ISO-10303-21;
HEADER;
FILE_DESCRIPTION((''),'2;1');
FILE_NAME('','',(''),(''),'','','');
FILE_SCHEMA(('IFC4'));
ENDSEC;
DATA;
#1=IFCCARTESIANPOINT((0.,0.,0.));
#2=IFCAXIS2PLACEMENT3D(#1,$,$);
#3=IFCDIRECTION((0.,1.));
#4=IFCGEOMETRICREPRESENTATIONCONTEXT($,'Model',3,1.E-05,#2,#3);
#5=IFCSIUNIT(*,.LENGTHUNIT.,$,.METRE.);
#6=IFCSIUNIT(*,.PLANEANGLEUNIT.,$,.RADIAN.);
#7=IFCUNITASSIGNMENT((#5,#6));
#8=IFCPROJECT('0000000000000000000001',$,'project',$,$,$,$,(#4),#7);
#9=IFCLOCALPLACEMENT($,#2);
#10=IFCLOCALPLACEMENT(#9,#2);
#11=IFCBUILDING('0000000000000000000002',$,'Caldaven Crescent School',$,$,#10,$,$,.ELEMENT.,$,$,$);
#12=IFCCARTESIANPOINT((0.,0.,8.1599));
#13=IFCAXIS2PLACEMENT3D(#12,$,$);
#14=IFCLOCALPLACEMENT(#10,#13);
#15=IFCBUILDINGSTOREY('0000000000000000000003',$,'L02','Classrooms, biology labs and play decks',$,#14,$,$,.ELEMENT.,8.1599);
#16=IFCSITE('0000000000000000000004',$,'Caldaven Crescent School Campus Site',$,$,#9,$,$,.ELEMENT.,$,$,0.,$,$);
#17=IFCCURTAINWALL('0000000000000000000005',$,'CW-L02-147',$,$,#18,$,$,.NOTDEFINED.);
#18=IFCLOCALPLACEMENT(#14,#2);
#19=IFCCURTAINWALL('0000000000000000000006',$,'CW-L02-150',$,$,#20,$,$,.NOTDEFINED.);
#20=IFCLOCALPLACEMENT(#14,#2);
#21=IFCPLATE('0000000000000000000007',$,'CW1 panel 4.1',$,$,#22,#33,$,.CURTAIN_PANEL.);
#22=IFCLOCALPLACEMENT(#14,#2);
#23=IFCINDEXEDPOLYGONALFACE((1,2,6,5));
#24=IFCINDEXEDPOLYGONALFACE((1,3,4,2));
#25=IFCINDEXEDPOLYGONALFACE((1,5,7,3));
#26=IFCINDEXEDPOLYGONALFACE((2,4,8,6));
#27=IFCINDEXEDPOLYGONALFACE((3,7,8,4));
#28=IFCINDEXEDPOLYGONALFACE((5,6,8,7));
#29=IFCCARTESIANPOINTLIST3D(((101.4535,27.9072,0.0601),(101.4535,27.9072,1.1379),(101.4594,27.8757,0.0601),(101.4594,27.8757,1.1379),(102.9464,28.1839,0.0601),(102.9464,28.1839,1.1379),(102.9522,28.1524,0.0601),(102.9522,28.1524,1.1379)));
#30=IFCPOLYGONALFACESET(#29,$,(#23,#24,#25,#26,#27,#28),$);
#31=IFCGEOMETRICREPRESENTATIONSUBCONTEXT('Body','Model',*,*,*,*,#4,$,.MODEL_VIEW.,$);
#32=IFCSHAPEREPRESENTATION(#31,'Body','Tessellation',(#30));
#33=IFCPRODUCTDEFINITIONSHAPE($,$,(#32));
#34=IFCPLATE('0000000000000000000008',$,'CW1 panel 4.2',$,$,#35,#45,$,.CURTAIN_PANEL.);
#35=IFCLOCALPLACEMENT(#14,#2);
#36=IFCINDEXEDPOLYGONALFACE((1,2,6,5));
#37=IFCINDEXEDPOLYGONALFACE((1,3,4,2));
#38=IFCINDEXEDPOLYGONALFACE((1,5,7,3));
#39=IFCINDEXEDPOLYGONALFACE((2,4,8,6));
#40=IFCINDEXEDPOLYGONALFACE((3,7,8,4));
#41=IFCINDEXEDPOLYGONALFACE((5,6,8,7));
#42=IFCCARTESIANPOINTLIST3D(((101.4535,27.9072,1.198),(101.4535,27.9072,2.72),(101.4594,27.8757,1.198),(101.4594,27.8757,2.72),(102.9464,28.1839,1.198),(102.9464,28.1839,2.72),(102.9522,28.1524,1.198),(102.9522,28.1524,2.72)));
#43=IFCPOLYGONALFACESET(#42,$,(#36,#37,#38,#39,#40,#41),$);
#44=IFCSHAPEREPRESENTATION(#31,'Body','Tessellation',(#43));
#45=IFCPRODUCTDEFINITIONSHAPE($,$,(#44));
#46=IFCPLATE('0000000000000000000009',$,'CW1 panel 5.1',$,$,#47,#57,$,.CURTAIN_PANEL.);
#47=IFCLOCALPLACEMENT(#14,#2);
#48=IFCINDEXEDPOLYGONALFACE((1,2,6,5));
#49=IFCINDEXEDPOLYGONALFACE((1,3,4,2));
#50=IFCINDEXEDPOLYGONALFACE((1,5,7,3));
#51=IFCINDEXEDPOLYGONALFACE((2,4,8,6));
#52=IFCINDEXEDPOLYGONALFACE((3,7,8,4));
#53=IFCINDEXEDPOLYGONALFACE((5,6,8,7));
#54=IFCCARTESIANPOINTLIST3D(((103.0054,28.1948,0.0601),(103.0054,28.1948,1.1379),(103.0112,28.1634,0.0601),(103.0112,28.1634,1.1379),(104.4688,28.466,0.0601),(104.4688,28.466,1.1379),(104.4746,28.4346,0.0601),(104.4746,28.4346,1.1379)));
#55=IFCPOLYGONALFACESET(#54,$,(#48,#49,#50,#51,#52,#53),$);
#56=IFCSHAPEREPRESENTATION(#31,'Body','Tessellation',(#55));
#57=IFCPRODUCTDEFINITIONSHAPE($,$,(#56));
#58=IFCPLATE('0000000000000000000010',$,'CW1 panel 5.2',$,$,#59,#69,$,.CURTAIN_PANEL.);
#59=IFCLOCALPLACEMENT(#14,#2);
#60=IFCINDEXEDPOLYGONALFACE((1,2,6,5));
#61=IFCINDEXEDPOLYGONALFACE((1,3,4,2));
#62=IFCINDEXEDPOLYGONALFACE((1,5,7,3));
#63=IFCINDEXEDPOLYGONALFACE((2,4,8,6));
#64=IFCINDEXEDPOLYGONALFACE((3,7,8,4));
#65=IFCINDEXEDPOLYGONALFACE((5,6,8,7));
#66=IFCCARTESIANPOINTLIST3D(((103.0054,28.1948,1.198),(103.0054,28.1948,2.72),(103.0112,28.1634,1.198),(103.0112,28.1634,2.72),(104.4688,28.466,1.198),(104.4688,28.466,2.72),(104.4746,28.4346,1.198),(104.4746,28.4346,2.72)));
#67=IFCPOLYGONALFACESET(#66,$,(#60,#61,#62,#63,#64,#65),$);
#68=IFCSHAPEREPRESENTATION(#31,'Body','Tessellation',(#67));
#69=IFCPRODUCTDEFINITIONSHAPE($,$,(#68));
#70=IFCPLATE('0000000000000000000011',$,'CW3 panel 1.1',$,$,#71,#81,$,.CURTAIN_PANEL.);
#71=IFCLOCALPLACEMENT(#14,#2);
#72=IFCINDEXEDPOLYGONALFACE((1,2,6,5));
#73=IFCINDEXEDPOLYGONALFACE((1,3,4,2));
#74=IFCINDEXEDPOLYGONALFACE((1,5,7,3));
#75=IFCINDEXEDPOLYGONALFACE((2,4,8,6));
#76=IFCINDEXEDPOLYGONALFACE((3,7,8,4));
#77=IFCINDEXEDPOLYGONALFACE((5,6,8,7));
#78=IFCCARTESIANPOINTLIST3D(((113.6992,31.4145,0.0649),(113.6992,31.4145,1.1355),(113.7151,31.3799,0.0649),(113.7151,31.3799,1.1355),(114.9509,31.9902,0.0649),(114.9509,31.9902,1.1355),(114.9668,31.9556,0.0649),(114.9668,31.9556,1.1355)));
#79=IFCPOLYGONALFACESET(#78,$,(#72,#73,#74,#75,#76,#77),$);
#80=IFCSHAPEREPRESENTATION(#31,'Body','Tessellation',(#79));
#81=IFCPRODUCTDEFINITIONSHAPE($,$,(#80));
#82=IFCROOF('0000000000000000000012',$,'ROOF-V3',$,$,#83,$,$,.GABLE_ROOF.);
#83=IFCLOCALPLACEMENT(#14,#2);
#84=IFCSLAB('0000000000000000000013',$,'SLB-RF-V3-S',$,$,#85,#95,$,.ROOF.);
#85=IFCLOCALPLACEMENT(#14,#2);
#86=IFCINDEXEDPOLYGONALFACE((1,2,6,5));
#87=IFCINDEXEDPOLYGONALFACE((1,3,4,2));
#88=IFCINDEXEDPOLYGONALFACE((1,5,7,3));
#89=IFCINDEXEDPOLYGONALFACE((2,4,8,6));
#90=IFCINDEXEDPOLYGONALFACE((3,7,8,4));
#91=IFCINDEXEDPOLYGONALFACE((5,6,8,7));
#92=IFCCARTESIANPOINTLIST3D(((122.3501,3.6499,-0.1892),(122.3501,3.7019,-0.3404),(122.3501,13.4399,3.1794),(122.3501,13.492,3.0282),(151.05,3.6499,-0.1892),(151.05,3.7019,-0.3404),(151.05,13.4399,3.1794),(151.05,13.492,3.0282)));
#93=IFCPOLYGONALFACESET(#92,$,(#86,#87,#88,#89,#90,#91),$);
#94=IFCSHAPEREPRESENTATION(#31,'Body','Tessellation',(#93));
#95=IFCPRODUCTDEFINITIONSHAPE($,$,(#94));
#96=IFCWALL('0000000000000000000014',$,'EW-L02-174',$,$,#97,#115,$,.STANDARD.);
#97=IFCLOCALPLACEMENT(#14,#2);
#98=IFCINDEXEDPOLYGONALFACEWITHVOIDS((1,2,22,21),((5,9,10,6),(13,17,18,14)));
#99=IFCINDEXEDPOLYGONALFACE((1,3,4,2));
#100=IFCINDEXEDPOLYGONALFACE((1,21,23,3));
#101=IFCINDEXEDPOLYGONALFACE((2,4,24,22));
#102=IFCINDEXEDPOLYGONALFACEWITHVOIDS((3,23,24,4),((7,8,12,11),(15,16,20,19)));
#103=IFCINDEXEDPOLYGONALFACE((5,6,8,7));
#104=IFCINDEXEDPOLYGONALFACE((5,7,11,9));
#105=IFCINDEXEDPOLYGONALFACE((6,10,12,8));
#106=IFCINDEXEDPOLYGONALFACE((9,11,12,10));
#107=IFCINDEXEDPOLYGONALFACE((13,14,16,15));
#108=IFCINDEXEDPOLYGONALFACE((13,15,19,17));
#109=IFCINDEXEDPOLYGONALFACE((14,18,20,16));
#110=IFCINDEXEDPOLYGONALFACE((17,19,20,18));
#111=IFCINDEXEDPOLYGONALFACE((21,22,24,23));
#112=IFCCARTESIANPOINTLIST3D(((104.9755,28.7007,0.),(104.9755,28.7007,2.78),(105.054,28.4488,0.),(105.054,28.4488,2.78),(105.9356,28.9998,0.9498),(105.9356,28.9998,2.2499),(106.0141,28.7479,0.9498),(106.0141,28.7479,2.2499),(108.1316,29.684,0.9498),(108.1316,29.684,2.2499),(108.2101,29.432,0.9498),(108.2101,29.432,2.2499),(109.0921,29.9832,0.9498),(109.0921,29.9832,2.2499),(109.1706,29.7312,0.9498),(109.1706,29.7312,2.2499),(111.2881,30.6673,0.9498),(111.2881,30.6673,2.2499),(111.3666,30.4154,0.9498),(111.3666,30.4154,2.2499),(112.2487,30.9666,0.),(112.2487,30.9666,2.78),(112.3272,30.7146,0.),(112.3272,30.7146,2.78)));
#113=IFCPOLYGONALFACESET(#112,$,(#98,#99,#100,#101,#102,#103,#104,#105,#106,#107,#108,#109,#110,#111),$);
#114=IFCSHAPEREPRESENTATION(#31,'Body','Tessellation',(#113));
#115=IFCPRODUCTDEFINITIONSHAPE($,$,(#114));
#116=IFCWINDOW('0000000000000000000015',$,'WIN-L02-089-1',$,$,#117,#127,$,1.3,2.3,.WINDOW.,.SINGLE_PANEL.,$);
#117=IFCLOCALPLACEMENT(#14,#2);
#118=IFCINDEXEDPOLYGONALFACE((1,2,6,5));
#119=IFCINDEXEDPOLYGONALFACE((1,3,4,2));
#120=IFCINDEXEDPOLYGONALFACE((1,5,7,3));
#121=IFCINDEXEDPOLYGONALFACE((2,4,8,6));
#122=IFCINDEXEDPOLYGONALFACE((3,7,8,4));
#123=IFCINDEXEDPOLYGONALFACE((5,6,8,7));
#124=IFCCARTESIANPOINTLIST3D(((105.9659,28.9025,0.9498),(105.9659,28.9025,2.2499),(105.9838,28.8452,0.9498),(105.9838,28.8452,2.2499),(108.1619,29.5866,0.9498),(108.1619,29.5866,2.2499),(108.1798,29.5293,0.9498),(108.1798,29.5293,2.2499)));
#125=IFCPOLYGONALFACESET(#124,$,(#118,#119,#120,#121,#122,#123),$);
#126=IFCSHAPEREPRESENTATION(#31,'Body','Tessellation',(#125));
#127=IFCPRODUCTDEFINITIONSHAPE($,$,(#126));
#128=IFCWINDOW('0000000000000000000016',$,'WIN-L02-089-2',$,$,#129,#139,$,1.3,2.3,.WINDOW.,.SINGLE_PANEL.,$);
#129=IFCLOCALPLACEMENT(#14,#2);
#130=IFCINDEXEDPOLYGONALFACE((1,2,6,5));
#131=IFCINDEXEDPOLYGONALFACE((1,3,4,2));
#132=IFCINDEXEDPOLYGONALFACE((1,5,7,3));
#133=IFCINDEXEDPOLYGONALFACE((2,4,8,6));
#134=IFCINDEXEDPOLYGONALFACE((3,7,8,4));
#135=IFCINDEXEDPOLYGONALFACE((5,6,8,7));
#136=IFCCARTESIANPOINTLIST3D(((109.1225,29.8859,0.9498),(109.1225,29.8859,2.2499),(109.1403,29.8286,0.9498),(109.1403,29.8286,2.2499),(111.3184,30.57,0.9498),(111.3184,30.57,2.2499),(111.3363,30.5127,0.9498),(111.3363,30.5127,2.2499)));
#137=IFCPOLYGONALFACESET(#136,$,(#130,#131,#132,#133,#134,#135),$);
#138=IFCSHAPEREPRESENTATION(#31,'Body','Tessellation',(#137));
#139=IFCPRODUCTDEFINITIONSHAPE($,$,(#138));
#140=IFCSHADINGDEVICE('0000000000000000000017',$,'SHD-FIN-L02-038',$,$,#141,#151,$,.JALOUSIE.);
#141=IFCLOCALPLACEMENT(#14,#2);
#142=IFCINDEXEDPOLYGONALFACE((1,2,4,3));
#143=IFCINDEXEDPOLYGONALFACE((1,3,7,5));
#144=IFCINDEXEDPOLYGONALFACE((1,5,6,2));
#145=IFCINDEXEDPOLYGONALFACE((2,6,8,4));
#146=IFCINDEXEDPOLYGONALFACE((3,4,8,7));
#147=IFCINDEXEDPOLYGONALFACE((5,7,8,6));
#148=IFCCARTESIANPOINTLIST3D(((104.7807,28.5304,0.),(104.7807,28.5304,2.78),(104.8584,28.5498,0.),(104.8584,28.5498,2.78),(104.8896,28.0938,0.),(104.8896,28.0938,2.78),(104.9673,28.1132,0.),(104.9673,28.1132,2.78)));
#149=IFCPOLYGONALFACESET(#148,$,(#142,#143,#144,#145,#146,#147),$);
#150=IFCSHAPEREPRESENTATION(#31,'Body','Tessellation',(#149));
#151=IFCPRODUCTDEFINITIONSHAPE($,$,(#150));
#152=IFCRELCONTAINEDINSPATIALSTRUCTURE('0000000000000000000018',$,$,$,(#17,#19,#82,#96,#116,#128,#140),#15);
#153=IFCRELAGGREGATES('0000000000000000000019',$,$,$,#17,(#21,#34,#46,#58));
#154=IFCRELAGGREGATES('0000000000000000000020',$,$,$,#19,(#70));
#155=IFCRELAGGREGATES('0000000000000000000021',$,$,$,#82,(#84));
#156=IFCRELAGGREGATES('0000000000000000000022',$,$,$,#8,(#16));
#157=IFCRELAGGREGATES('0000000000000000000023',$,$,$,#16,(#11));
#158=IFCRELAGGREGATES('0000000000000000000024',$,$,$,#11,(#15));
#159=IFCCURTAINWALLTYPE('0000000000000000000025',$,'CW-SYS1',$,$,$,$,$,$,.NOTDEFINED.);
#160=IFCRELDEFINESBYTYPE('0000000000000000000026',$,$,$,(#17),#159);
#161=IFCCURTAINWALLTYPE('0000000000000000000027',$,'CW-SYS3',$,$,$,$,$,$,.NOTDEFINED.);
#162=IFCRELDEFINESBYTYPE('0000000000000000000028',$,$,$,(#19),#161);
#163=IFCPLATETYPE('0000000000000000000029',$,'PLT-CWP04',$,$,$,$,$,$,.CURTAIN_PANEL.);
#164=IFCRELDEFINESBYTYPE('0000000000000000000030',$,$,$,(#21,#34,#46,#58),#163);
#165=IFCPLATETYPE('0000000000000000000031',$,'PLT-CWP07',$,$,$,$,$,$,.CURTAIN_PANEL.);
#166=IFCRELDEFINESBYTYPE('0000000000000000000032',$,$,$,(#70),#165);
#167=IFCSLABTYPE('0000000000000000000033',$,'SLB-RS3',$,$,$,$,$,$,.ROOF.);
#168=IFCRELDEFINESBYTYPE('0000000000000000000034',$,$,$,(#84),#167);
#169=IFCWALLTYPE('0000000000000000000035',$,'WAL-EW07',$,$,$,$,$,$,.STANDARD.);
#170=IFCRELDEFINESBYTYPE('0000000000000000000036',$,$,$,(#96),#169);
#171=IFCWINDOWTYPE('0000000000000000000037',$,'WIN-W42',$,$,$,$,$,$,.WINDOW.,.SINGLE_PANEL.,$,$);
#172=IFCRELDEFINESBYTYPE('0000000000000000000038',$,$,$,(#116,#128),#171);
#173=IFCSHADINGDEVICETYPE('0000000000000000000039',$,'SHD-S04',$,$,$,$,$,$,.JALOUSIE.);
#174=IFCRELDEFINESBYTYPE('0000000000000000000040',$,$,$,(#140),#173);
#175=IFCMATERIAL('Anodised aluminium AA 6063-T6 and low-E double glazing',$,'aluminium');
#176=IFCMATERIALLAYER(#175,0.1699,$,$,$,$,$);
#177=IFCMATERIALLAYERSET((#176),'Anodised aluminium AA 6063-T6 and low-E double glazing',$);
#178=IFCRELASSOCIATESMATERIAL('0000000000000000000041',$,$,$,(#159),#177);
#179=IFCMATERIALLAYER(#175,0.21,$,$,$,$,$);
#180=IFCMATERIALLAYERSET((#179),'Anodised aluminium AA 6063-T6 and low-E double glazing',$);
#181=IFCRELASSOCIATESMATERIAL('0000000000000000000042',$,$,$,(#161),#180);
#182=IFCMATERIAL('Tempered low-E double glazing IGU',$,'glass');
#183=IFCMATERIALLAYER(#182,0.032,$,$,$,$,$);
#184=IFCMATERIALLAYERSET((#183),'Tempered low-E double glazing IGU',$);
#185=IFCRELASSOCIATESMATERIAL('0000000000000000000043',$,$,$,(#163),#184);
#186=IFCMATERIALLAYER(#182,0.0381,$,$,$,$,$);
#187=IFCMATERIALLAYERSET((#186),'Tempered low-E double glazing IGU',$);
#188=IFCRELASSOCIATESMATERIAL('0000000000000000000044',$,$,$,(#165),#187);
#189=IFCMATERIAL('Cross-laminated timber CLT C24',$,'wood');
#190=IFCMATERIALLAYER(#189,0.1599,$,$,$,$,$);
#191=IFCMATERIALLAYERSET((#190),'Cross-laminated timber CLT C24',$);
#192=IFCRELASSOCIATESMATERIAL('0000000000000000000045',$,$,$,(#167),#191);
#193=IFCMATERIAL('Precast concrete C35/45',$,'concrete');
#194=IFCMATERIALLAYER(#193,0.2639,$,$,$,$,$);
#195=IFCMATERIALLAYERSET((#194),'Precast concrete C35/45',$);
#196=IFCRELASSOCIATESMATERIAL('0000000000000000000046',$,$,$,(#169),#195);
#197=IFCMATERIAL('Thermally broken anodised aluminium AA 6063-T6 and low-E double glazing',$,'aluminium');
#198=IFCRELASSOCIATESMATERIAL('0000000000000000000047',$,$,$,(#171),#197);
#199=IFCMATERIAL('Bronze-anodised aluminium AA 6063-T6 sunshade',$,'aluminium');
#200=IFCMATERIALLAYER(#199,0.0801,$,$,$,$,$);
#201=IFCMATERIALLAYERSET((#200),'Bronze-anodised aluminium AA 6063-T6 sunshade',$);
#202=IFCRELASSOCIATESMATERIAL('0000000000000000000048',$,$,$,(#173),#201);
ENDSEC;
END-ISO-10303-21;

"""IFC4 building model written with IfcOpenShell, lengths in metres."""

from ifc_helpers import new_model, si_unit, direction, frame, frame_2d, origin, origin_2d, place, context, subcontext, project, spatial, polyline, rectangle, outline, extrude, material, layer, layer_set, type_object, element, fill, aggregate, save


model = new_model("IFC4")

# Units and contexts
model_context = context("Model", 3, precision=1e-05, world=origin(), true_north=direction((0.0, 1.0)))
body_context = subcontext(model_context, "Body", "Model", "MODEL_VIEW")
ifc_project = project(units=[si_unit("LENGTHUNIT", "METRE"), si_unit("PLANEANGLEUNIT", "RADIAN")], contexts=[model_context])

# Site, building, storey
site_placement = place(None, origin())
site = spatial("IfcSite", under=ifc_project, at=site_placement, Name="Caldaven Crescent School Campus Site", CompositionType="ELEMENT", RefElevation=0.0)
building_placement = place(site_placement, origin())
building = spatial("IfcBuilding", under=site, at=building_placement, Name="Caldaven Crescent School", CompositionType="ELEMENT")
storey_placement = place(building_placement, frame((0.0, 0.0, 8.1599)))
storey = spatial("IfcBuildingStorey", under=building, at=storey_placement, Name="L02", Description="Classrooms, biology labs and play decks", CompositionType="ELEMENT", Elevation=8.1599)

# Curtain wall
ifc_material_1 = material(Name="Anodised aluminium AA 6063-T6 and low-E double glazing", Category="aluminium")
ifc_layer_1 = layer(ifc_material_1, 0.1699)
ifc_layer_set_1 = layer_set([ifc_layer_1], Name="Anodised aluminium AA 6063-T6 and low-E double glazing")
curtain_wall_type_1 = type_object("IfcCurtainWallType", Name="CW-SYS1", PredefinedType="NOTDEFINED", material=ifc_layer_set_1)
curtain_wall_1_placement = place(storey_placement, origin())
curtain_wall_1 = element("IfcCurtainWall", 1, at=curtain_wall_1_placement, inside=storey, type_object=curtain_wall_type_1, Name="CW-L02-147", PredefinedType="NOTDEFINED")

# Curtain wall
ifc_layer_2 = layer(ifc_material_1, 0.21)
ifc_layer_set_2 = layer_set([ifc_layer_2], Name="Anodised aluminium AA 6063-T6 and low-E double glazing")
curtain_wall_type_2 = type_object("IfcCurtainWallType", Name="CW-SYS3", PredefinedType="NOTDEFINED", material=ifc_layer_set_2)
curtain_wall_2_placement = place(storey_placement, origin())
curtain_wall_2 = element("IfcCurtainWall", 2, at=curtain_wall_2_placement, inside=storey, type_object=curtain_wall_type_2, Name="CW-L02-150", PredefinedType="NOTDEFINED")

# Plates
ifc_material_2 = material(Name="Tempered low-E double glazing IGU", Category="glass")
ifc_layer_3 = layer(ifc_material_2, 0.032)
ifc_layer_set_3 = layer_set([ifc_layer_3], Name="Tempered low-E double glazing IGU")
plate_type_1 = type_object("IfcPlateType", Name="PLT-CWP04", PredefinedType="CURTAIN_PANEL", material=ifc_layer_set_3)
plate_1_placement = place(storey_placement, frame((102.2029, 28.0298, 0.0601), z_axis=(0.0, 0.0, 1.0), x_axis=(0.983255, 0.182235, 0.0)))
plate_1 = element("IfcPlate", 3, at=plate_1_placement, type_object=plate_type_1, Name="CW1 panel 4.1", PredefinedType="CURTAIN_PANEL", context=body_context, shape_type="SweptSolid", body=[
    extrude(rectangle(XDim=1.5183, YDim=0.032, at=origin_2d()), origin(), (0.0, 0.0, 1.0), 1.0779),
])
plate_2_placement = place(storey_placement, frame((102.2029, 28.0298, 1.198), z_axis=(0.0, 0.0, 1.0), x_axis=(0.983255, 0.182235, 0.0)))
plate_2 = element("IfcPlate", 4, at=plate_2_placement, type_object=plate_type_1, Name="CW1 panel 4.2", PredefinedType="CURTAIN_PANEL", context=body_context, shape_type="SweptSolid", body=[
    extrude(rectangle(XDim=1.5183, YDim=0.032, at=origin_2d()), origin(), (0.0, 0.0, 1.0), 1.522),
])
plate_3_placement = place(storey_placement, frame((103.74, 28.3147, 0.0601), z_axis=(0.0, 0.0, 1.0), x_axis=(0.983255, 0.182235, 0.0)))
plate_3 = element("IfcPlate", 5, at=plate_3_placement, type_object=plate_type_1, Name="CW1 panel 5.1", PredefinedType="CURTAIN_PANEL", context=body_context, shape_type="SweptSolid", body=[
    extrude(rectangle(XDim=1.4883, YDim=0.032, at=origin_2d()), origin(), (0.0, 0.0, 1.0), 1.0779),
])
plate_4_placement = place(storey_placement, frame((103.74, 28.3147, 1.198), z_axis=(0.0, 0.0, 1.0), x_axis=(0.983255, 0.182235, 0.0)))
plate_4 = element("IfcPlate", 6, at=plate_4_placement, type_object=plate_type_1, Name="CW1 panel 5.2", PredefinedType="CURTAIN_PANEL", context=body_context, shape_type="SweptSolid", body=[
    extrude(rectangle(XDim=1.4883, YDim=0.032, at=origin_2d()), origin(), (0.0, 0.0, 1.0), 1.522),
])
aggregate(curtain_wall_1, [plate_1, plate_2, plate_3, plate_4])
ifc_layer_4 = layer(ifc_material_2, 0.0381)
ifc_layer_set_4 = layer_set([ifc_layer_4], Name="Tempered low-E double glazing IGU")
plate_type_2 = type_object("IfcPlateType", Name="PLT-CWP07", PredefinedType="CURTAIN_PANEL", material=ifc_layer_set_4)
plate_5_placement = place(storey_placement, frame((114.333, 31.6851, 0.0649), z_axis=(0.0, 0.0, 1.0), x_axis=(0.908528, 0.417823, 0.0)))
plate_5 = element("IfcPlate", 7, at=plate_5_placement, type_object=plate_type_2, Name="CW3 panel 1.1", PredefinedType="CURTAIN_PANEL", context=body_context, shape_type="SweptSolid", body=[
    extrude(rectangle(XDim=1.3777, YDim=0.0381, at=origin_2d()), origin(), (0.0, 0.0, 1.0), 1.0706),
])
aggregate(curtain_wall_2, [plate_5])

# Roof, slab
roof_placement = place(storey_placement, origin())
roof = element("IfcRoof", 8, at=roof_placement, inside=storey, Name="ROOF-V3", PredefinedType="GABLE_ROOF")
ifc_material_3 = material(Name="Cross-laminated timber CLT C24", Category="wood")
ifc_layer_5 = layer(ifc_material_3, 0.1599)
ifc_layer_set_5 = layer_set([ifc_layer_5], Name="Cross-laminated timber CLT C24")
slab_type = type_object("IfcSlabType", Name="SLB-RS3", PredefinedType="ROOF", material=ifc_layer_set_5)
slab_placement = place(storey_placement, frame((122.3501, 3.6499, -0.1892), z_axis=(0.0, -0.325367, 0.945588), x_axis=(1.0, 0.0, 0.0)))
slab = element("IfcSlab", 9, at=slab_placement, type_object=slab_type, Name="SLB-RF-V3-S", PredefinedType="ROOF", context=body_context, shape_type="SweptSolid", body=[
    extrude(outline(polyline([(0.0, 0.0), (28.7, 0.0), (28.7, 10.3534), (0.0, 10.3534), (0.0, 0.0)])), origin(), (0.0, 0.0, -1.0), 0.1599),
])
aggregate(roof, [slab])

# Wall, openings, windows
ifc_material_4 = material(Name="Precast concrete C35/45", Category="concrete")
ifc_layer_6 = layer(ifc_material_4, 0.2639)
ifc_layer_set_6 = layer_set([ifc_layer_6], Name="Precast concrete C35/45")
wall_type = type_object("IfcWallType", Name="WAL-EW07", PredefinedType="STANDARD", material=ifc_layer_set_6)
wall_placement = place(storey_placement, frame((105.0146, 28.5747, 0.0), z_axis=(0.0, 0.0, 1.0), x_axis=(0.954741, 0.297437, 0.0)))
wall = element("IfcWall", 10, at=wall_placement, inside=storey, type_object=wall_type, Name="EW-L02-174", PredefinedType="STANDARD", context=body_context, shape_type="SweptSolid", body=[
    extrude(rectangle(XDim=7.6179, YDim=0.2639, at=frame_2d((3.8091, 0.0))), origin(), (0.0, 0.0, 1.0), 2.78),
])
opening_1_placement = place(wall_placement, frame((1.0059, 0.0, 0.95)))
opening_1 = element("IfcOpeningElement", 11, at=opening_1_placement, cuts=wall, PredefinedType="OPENING", context=body_context, shape_type="SweptSolid", body=[
    extrude(rectangle(XDim=2.3, YDim=1.3, at=frame_2d((1.1499, 0.6499))), frame((0.0, 0.1418, 0.0), z_axis=(0.0, -1.0, 0.0), x_axis=(1.0, 0.0, 0.0)), (0.0, 0.0, 1.0), 0.2839),
])
opening_2_placement = place(wall_placement, frame((4.312, 0.0, 0.95)))
opening_2 = element("IfcOpeningElement", 12, at=opening_2_placement, cuts=wall, PredefinedType="OPENING", context=body_context, shape_type="SweptSolid", body=[
    extrude(rectangle(XDim=2.3, YDim=1.3, at=frame_2d((1.1499, 0.6499))), frame((0.0, 0.1418, 0.0), z_axis=(0.0, -1.0, 0.0), x_axis=(1.0, 0.0, 0.0)), (0.0, 0.0, 1.0), 0.2839),
])
ifc_material_5 = material(Name="Thermally broken anodised aluminium AA 6063-T6 and low-E double glazing", Category="aluminium")
window_type = type_object("IfcWindowType", Name="WIN-W42", PartitioningType="SINGLE_PANEL", PredefinedType="WINDOW", material=ifc_material_5)
window_1_placement = place(opening_1_placement, origin())
window_1 = element("IfcWindow", 13, at=window_1_placement, inside=storey, type_object=window_type, Name="WIN-L02-089-1", OverallHeight=1.3, OverallWidth=2.3, PartitioningType="SINGLE_PANEL", PredefinedType="WINDOW", context=body_context, shape_type="SweptSolid", body=[
    extrude(rectangle(XDim=2.3, YDim=1.3, at=frame_2d((1.1499, 0.6499))), frame((0.0, 0.03, 0.0), z_axis=(0.0, -1.0, 0.0), x_axis=(1.0, 0.0, 0.0)), (0.0, 0.0, 1.0), 0.0601),
])
fill(opening_1, window_1)
window_2_placement = place(opening_2_placement, origin())
window_2 = element("IfcWindow", 14, at=window_2_placement, inside=storey, type_object=window_type, Name="WIN-L02-089-2", OverallHeight=1.3, OverallWidth=2.3, PartitioningType="SINGLE_PANEL", PredefinedType="WINDOW", context=body_context, shape_type="SweptSolid", body=[
    extrude(rectangle(XDim=2.3, YDim=1.3, at=frame_2d((1.1499, 0.6499))), frame((0.0, 0.03, 0.0), z_axis=(0.0, -1.0, 0.0), x_axis=(1.0, 0.0, 0.0)), (0.0, 0.0, 1.0), 0.0601),
])
fill(opening_2, window_2)

# Shading device
ifc_material_6 = material(Name="Bronze-anodised aluminium AA 6063-T6 sunshade", Category="aluminium")
ifc_layer_7 = layer(ifc_material_6, 0.0801)
ifc_layer_set_7 = layer_set([ifc_layer_7], Name="Bronze-anodised aluminium AA 6063-T6 sunshade")
shading_device_type = type_object("IfcShadingDeviceType", Name="SHD-S04", PredefinedType="JALOUSIE", material=ifc_layer_set_7)
shading_device_placement = place(storey_placement, frame((104.874, 28.3218, 0.0), z_axis=(0.0, 0.0, 1.0), x_axis=(0.241922, -0.970296, 0.0)))
element("IfcShadingDevice", 15, at=shading_device_placement, inside=storey, type_object=shading_device_type, Name="SHD-FIN-L02-038", PredefinedType="JALOUSIE", context=body_context, shape_type="SweptSolid", body=[
    extrude(rectangle(XDim=0.45, YDim=0.0801, at=origin_2d()), origin(), (0.0, 0.0, 1.0), 2.78),
])

save(model, "model.ifc")
